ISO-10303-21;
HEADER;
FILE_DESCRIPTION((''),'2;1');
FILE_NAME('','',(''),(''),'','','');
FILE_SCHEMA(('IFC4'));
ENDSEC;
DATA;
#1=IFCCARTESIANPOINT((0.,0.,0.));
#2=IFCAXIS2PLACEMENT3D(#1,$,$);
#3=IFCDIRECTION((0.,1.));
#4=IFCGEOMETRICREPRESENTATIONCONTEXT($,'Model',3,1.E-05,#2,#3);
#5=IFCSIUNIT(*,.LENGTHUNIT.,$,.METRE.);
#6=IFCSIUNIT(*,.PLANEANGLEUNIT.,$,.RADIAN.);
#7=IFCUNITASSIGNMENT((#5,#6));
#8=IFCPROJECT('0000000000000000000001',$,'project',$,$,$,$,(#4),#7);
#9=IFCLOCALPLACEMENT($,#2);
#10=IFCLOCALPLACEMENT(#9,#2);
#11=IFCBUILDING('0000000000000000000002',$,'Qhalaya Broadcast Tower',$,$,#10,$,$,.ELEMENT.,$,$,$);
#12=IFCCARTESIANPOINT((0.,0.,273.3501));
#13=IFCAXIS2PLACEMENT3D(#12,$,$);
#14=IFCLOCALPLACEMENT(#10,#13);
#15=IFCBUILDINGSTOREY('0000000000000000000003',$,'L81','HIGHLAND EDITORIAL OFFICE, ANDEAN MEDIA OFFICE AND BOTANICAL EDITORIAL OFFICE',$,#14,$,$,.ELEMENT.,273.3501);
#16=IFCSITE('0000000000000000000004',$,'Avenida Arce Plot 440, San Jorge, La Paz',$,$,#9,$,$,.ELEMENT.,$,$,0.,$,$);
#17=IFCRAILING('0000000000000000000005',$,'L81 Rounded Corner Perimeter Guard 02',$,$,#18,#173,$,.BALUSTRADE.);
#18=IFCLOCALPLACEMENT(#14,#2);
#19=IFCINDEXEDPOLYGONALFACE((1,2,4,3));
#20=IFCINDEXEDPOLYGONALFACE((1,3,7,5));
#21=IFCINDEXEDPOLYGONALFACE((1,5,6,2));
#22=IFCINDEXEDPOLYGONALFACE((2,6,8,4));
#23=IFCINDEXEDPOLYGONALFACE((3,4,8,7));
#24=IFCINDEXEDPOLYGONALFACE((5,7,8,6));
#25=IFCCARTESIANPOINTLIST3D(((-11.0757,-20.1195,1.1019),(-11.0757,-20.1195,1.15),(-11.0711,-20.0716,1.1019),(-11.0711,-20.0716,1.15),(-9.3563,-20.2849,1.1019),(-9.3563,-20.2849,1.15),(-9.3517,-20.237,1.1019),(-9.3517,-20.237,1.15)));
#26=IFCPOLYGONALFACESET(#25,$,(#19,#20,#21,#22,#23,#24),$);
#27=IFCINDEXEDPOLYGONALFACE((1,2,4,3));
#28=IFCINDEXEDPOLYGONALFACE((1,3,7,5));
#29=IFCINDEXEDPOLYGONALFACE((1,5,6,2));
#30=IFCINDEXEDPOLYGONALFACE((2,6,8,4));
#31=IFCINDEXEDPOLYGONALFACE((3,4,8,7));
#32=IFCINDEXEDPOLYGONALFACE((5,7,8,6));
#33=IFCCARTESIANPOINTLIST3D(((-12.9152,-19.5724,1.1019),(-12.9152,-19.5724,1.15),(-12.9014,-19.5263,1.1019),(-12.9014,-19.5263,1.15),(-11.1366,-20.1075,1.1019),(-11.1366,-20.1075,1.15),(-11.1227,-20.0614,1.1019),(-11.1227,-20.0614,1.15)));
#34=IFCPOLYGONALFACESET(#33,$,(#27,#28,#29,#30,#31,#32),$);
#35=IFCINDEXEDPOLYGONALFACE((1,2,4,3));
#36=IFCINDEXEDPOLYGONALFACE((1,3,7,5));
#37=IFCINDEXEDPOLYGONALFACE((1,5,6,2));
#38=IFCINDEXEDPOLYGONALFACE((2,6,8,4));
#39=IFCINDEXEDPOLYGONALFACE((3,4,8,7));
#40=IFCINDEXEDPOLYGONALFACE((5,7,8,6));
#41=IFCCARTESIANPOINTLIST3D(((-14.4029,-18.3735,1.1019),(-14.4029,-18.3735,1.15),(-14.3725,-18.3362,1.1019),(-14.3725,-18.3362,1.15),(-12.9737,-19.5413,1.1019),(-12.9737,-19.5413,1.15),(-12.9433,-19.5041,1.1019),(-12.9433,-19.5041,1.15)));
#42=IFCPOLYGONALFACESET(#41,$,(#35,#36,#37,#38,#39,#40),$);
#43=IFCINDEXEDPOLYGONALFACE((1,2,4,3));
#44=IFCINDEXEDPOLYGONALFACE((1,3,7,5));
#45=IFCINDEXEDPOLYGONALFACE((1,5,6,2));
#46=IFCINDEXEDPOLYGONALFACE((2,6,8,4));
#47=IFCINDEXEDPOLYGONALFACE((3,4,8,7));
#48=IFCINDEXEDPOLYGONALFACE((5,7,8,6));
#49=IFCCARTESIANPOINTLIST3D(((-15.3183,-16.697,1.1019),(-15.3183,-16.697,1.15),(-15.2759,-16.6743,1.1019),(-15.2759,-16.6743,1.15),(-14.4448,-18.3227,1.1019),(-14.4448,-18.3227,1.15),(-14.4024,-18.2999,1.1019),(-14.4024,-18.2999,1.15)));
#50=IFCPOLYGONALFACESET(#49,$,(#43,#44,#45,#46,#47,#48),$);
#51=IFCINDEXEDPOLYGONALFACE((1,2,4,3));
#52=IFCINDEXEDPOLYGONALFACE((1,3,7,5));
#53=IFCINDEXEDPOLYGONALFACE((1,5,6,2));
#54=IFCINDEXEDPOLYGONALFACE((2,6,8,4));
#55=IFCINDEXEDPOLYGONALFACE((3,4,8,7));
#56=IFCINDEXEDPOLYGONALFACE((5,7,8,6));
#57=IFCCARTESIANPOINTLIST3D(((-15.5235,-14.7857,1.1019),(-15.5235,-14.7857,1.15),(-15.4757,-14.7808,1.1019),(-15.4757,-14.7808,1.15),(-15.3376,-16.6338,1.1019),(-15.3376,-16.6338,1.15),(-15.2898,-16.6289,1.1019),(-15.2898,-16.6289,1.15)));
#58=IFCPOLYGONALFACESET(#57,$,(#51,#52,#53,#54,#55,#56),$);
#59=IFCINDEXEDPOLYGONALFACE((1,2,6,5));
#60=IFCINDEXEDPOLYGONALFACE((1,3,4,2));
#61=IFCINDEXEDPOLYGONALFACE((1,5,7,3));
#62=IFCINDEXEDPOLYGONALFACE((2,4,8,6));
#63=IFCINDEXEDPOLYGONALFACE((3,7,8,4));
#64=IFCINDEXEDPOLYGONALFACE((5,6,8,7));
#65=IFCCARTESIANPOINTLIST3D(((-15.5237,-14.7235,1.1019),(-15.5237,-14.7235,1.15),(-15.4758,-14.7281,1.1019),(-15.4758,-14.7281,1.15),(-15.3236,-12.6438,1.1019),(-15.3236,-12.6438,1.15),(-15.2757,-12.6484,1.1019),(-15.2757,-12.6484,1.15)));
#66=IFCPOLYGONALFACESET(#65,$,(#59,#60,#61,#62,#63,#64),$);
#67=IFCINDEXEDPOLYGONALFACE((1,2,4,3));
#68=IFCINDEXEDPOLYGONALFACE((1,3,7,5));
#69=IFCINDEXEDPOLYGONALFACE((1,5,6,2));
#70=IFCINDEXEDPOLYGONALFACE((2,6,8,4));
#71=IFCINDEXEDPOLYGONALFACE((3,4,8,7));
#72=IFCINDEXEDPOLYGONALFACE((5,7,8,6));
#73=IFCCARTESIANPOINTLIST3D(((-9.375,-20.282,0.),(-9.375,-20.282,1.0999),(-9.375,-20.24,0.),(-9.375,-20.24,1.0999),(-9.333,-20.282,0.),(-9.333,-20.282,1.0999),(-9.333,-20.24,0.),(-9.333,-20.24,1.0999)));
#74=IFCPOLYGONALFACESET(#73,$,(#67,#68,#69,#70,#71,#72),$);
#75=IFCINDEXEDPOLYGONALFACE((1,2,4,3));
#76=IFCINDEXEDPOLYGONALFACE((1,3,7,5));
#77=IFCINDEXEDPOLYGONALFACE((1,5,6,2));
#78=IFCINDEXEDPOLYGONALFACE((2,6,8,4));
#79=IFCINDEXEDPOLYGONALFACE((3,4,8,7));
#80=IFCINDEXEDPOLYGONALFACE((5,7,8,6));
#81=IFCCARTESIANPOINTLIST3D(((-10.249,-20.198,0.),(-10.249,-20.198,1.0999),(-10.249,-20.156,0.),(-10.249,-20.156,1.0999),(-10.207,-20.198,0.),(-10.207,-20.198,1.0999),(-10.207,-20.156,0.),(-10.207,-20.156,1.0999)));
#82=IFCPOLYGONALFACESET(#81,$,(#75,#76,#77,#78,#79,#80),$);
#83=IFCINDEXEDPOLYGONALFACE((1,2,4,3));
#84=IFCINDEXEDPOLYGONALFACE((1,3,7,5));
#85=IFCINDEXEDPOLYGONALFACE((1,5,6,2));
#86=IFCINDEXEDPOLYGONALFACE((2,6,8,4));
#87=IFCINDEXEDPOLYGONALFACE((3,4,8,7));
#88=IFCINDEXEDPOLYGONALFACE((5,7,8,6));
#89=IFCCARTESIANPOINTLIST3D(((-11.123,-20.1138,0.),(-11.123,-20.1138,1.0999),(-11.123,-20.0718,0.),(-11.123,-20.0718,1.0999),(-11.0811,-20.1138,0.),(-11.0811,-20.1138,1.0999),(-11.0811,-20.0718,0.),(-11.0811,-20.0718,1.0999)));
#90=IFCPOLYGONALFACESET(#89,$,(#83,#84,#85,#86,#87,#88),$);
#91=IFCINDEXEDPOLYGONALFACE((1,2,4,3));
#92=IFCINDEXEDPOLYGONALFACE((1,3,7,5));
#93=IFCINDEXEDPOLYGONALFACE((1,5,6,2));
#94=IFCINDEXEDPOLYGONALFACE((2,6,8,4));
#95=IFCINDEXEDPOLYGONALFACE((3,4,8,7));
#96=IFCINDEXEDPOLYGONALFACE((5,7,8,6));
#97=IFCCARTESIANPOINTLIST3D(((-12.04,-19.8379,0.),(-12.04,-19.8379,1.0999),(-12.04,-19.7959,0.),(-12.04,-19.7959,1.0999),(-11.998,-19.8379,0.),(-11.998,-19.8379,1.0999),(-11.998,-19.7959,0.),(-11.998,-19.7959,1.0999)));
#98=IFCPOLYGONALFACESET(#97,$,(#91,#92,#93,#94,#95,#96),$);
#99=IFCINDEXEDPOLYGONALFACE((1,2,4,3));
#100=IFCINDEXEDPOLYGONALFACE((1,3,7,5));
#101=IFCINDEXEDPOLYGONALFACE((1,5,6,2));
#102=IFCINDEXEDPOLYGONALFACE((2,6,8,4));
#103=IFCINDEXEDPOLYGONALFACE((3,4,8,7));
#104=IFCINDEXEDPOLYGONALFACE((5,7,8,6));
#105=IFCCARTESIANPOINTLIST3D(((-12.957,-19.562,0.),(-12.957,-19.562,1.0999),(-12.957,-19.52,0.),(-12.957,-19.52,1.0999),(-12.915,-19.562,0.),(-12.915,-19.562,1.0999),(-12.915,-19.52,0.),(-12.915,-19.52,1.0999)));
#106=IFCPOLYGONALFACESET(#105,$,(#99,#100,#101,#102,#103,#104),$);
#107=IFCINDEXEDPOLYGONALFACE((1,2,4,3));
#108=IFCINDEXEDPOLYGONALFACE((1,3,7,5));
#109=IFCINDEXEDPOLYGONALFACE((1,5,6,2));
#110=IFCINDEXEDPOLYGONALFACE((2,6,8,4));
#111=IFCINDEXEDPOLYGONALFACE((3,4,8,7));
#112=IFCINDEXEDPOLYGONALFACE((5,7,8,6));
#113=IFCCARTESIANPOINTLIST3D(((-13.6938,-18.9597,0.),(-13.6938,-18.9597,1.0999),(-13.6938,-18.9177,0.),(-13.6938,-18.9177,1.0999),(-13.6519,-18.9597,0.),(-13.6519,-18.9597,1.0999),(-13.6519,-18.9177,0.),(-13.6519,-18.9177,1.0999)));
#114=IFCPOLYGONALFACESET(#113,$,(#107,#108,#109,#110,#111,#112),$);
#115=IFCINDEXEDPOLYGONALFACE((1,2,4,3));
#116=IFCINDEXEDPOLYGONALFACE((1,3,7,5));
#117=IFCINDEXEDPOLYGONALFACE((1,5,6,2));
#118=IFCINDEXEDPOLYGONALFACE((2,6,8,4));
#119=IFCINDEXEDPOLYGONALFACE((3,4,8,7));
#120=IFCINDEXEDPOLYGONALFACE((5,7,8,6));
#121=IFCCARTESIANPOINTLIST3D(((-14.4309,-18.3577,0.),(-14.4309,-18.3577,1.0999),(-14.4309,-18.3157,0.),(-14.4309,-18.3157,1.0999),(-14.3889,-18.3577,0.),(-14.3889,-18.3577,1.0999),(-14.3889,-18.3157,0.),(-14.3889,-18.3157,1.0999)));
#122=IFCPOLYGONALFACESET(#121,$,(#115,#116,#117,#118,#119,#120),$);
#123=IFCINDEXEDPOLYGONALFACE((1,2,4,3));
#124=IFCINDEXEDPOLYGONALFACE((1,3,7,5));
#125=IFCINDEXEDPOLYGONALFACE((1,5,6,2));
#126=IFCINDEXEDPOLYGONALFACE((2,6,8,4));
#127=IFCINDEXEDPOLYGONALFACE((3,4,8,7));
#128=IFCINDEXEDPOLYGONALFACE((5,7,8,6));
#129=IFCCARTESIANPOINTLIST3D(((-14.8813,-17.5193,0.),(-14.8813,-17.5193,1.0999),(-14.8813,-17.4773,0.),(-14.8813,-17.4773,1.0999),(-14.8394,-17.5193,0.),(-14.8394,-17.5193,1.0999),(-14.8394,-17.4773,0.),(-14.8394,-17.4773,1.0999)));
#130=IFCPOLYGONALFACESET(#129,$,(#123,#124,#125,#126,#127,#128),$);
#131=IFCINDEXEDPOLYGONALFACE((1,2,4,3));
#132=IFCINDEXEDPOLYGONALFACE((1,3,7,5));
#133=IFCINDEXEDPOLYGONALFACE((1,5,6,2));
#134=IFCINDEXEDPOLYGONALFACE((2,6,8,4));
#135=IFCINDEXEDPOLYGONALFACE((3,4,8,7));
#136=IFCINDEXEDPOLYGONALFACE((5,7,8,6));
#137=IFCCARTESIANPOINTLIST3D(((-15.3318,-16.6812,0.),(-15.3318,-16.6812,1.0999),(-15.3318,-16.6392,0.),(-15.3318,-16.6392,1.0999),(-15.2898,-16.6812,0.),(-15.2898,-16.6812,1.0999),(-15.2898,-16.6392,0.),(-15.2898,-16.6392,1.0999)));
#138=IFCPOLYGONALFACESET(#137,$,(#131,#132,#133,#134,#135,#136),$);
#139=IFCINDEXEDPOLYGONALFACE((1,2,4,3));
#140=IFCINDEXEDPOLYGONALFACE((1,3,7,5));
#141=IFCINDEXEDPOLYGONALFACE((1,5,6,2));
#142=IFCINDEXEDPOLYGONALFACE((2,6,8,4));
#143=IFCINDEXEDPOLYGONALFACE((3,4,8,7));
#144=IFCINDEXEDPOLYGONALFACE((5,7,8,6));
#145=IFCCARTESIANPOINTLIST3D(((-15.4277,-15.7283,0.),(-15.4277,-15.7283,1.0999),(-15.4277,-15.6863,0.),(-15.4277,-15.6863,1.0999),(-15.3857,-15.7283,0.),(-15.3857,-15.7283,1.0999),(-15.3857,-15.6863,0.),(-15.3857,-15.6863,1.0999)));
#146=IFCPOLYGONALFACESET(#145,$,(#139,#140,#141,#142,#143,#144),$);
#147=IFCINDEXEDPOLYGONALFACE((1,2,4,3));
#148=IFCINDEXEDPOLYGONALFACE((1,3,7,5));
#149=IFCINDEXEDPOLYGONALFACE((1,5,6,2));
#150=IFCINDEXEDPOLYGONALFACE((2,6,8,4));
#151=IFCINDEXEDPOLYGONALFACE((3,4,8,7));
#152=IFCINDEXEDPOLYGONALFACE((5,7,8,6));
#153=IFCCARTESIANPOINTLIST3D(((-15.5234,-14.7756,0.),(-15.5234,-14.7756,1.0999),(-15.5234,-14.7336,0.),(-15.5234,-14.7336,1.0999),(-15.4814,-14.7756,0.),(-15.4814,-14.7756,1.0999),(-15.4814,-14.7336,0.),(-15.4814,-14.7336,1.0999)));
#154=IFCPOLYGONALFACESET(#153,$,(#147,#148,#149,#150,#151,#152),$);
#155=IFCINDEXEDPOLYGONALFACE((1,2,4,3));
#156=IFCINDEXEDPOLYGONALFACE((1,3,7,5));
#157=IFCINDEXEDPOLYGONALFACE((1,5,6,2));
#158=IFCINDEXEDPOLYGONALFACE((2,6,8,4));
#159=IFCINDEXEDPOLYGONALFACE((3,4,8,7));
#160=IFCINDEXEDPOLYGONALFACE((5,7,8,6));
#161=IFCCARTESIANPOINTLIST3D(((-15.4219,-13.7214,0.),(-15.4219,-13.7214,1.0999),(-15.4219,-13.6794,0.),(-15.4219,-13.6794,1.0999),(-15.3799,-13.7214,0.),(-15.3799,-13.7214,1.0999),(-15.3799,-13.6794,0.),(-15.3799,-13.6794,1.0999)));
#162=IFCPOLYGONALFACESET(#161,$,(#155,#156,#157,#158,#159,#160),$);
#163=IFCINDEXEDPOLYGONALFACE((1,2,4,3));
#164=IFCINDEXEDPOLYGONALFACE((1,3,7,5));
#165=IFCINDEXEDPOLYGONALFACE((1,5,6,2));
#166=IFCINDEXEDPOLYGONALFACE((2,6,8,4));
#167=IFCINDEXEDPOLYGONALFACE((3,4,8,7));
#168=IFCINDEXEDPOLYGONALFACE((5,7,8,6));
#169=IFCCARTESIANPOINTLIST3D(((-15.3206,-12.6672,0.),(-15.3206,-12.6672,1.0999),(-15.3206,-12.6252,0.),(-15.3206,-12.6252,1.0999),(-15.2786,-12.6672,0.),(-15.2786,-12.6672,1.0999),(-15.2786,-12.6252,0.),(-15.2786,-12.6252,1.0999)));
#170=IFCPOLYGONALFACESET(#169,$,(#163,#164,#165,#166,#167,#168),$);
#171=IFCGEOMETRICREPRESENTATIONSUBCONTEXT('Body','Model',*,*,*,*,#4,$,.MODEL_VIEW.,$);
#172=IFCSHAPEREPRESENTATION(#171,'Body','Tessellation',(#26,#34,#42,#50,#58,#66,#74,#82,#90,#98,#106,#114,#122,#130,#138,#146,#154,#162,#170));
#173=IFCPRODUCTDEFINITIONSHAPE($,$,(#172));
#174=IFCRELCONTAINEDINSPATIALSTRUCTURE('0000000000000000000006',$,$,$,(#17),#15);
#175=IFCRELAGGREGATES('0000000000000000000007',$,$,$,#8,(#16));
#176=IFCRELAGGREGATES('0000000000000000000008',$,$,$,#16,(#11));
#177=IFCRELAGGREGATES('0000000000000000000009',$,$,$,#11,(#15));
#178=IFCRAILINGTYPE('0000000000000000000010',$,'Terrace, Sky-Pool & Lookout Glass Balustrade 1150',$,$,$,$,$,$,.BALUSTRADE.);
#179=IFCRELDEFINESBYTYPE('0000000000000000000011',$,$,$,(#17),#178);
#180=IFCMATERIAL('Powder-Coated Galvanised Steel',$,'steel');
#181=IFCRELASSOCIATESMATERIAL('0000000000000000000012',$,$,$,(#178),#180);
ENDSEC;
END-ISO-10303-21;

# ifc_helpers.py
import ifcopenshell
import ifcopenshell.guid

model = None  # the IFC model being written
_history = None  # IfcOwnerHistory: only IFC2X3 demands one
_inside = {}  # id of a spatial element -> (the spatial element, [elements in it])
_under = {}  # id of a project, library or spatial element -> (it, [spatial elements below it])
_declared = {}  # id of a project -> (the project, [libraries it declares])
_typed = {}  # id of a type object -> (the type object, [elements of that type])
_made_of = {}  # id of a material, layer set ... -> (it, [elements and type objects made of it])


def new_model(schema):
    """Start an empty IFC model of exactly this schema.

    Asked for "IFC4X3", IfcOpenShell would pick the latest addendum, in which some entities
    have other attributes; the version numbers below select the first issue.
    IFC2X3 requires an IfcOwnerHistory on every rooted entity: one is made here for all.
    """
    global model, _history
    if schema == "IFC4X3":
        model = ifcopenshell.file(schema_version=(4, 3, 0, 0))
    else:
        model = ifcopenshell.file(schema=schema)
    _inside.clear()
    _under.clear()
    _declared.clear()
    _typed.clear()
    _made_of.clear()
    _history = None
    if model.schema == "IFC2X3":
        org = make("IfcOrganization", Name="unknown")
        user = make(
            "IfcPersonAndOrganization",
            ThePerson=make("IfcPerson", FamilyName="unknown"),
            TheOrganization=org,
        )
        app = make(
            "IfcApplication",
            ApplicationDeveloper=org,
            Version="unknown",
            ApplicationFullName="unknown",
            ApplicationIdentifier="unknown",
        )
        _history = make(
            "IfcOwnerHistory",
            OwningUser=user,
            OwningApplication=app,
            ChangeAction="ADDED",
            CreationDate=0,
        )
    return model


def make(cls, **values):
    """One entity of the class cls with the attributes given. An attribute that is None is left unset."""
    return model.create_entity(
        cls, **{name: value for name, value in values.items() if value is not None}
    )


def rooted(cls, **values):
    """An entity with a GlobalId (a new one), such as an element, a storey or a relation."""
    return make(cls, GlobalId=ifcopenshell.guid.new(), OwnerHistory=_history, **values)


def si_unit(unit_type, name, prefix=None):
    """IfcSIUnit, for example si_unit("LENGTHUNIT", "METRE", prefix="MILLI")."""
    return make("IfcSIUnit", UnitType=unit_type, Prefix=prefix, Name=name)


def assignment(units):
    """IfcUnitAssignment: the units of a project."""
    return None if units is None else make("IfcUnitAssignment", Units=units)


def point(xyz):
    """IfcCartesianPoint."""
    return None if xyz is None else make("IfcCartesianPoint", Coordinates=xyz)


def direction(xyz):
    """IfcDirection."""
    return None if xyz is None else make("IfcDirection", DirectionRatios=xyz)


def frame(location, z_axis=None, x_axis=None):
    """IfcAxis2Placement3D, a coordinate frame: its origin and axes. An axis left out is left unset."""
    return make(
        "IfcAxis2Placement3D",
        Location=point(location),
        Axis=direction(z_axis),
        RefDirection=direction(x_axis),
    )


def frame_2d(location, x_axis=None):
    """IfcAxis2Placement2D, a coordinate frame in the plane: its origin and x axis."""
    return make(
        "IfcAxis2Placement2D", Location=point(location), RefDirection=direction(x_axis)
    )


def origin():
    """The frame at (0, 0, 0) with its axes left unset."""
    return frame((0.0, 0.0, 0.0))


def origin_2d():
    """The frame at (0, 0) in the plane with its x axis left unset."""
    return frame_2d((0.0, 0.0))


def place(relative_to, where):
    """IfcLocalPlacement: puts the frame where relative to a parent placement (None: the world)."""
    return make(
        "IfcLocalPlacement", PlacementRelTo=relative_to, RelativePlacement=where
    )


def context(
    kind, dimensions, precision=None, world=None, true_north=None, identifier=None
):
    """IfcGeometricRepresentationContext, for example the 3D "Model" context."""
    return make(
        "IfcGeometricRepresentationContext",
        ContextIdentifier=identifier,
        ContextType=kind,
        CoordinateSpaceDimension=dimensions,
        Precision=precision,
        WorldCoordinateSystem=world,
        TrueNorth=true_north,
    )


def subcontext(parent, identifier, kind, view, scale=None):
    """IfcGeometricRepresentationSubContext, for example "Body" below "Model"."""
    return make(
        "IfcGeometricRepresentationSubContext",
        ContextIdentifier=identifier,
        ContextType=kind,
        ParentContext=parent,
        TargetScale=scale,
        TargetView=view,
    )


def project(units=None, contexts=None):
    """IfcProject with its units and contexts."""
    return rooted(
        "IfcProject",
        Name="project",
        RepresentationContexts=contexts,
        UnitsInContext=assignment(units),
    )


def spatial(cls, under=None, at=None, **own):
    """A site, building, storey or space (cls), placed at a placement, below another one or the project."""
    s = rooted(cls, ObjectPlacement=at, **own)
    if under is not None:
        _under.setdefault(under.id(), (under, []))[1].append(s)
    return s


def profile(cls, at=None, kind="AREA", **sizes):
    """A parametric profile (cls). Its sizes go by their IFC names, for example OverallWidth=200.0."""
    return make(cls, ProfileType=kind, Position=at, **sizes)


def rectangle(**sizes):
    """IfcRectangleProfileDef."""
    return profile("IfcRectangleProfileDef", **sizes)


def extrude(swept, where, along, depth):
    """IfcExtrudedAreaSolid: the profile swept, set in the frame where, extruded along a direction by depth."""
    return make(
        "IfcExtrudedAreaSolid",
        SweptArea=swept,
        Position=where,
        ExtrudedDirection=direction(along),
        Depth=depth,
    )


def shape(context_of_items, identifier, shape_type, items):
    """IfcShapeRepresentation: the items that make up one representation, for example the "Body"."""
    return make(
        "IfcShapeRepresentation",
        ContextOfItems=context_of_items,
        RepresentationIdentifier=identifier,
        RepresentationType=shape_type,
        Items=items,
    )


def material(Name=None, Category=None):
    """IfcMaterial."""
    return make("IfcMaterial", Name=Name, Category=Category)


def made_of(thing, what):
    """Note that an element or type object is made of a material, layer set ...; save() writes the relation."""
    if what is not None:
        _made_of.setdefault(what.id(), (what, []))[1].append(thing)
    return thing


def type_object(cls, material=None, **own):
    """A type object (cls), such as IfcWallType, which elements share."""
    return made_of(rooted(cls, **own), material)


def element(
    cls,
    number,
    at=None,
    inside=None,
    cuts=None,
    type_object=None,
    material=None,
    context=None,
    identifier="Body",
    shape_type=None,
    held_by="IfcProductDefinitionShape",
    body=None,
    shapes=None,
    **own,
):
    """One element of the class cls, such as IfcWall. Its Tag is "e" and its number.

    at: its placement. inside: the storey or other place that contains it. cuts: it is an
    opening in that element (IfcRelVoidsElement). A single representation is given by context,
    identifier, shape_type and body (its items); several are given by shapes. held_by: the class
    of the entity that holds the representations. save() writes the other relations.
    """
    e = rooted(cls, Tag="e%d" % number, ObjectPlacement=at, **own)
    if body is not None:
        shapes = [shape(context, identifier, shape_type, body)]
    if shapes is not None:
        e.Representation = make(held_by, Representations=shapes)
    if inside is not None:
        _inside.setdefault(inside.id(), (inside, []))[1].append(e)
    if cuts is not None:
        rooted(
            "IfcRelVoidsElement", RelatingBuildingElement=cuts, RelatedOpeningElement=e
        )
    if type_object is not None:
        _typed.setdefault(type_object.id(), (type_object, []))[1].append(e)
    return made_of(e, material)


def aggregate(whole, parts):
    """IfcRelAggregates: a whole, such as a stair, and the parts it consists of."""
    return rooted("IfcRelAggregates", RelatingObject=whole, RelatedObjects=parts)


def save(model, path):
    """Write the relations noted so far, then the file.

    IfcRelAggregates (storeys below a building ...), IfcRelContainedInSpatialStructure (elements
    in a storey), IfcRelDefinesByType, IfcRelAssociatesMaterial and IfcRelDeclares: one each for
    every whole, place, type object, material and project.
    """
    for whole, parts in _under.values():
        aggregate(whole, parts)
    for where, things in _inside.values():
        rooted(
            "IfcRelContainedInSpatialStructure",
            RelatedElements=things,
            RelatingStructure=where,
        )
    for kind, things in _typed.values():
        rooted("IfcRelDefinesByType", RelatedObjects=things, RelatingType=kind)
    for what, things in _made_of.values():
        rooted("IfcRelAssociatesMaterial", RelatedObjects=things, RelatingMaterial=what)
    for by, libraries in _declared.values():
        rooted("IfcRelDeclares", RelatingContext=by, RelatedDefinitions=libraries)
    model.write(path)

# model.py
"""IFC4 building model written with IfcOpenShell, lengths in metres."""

from ifc_helpers import new_model, si_unit, direction, frame, origin, origin_2d, place, context, subcontext, project, spatial, rectangle, extrude, material, type_object, element, save


model = new_model("IFC4")

# Units and contexts
model_context = context("Model", 3, precision=1e-05, world=origin(), true_north=direction((0.0, 1.0)))
body_context = subcontext(model_context, "Body", "Model", "MODEL_VIEW")
ifc_project = project(units=[si_unit("LENGTHUNIT", "METRE"), si_unit("PLANEANGLEUNIT", "RADIAN")], contexts=[model_context])

# Site, building, storey
site_placement = place(None, origin())
site = spatial("IfcSite", under=ifc_project, at=site_placement, Name="Avenida Arce Plot 440, San Jorge, La Paz", CompositionType="ELEMENT", RefElevation=0.0)
building_placement = place(site_placement, origin())
building = spatial("IfcBuilding", under=site, at=building_placement, Name="Qhalaya Broadcast Tower", CompositionType="ELEMENT")
storey_placement = place(building_placement, frame((0.0, 0.0, 273.3501)))
storey = spatial("IfcBuildingStorey", under=building, at=storey_placement, Name="L81", Description="HIGHLAND EDITORIAL OFFICE, ANDEAN MEDIA OFFICE AND BOTANICAL EDITORIAL OFFICE", CompositionType="ELEMENT", Elevation=273.3501)

# Railing
ifc_material_1 = material(Name="Powder-Coated Galvanised Steel", Category="steel")
railing_type = type_object("IfcRailingType", Name="Terrace, Sky-Pool & Lookout Glass Balustrade 1150", PredefinedType="BALUSTRADE", material=ifc_material_1)
railing_placement = place(storey_placement, frame((-9.354, -20.261, 0.0)))
element("IfcRailing", 1, at=railing_placement, inside=storey, type_object=railing_type, Name="L81 Rounded Corner Perimeter Guard 02", PredefinedType="BALUSTRADE", context=body_context, shape_type="SweptSolid", body=[
    extrude(rectangle(XDim=0.0481, YDim=0.0481, at=origin_2d()), frame((0.0, 0.0, 1.126), z_axis=(-0.995402, 0.095787, 0.0), x_axis=(-0.095787, -0.995402, 0.0)), (0.0, 0.0, 1.0), 1.7273),
    extrude(rectangle(XDim=0.0481, YDim=0.0481, at=origin_2d()), frame((-1.7756, 0.1765, 1.126), z_axis=(-0.957601, 0.288096, 0.0), x_axis=(-0.288096, -0.957601, 0.0)), (0.0, 0.0, 1.0), 1.8574),
    extrude(rectangle(XDim=0.0481, YDim=0.0481, at=origin_2d()), frame((-3.6045, 0.7383, 1.126), z_axis=(-0.774357, 0.632749, 0.0), x_axis=(-0.632749, -0.774357, 0.0)), (0.0, 0.0, 1.0), 1.8457),
    extrude(rectangle(XDim=0.0481, YDim=0.0481, at=origin_2d()), frame((-5.0696, 1.9497, 1.126), z_axis=(-0.473342, 0.880879, 0.0), x_axis=(-0.880879, -0.473342, 0.0)), (0.0, 0.0, 1.0), 1.8455),
    extrude(rectangle(XDim=0.0481, YDim=0.0481, at=origin_2d()), frame((-5.9597, 3.6296, 1.126), z_axis=(-0.100072, 0.99498, 0.0), x_axis=(-0.99498, -0.100072, 0.0)), (0.0, 0.0, 1.0), 1.8574),
    extrude(rectangle(XDim=0.0481, YDim=0.0481, at=origin_2d()), frame((-6.1458, 5.5352, 1.126), z_axis=(0.095783, 0.995402, 0.0), x_axis=(-0.995402, 0.095783, 0.0)), (0.0, 0.0, 1.0), 2.0894),
    extrude(rectangle(XDim=0.042, YDim=0.042, at=origin_2d()), origin(), (0.0, 0.0, 1.0), 1.0999),
    extrude(rectangle(XDim=0.042, YDim=0.042, at=origin_2d()), frame((-0.874, 0.084, 0.0)), (0.0, 0.0, 1.0), 1.0999),
    extrude(rectangle(XDim=0.042, YDim=0.042, at=origin_2d()), frame((-1.748, 0.1682, 0.0)), (0.0, 0.0, 1.0), 1.0999),
    extrude(rectangle(XDim=0.042, YDim=0.042, at=origin_2d()), frame((-2.665, 0.4441, 0.0)), (0.0, 0.0, 1.0), 1.0999),
    extrude(rectangle(XDim=0.042, YDim=0.042, at=origin_2d()), frame((-3.582, 0.72, 0.0)), (0.0, 0.0, 1.0), 1.0999),
    extrude(rectangle(XDim=0.042, YDim=0.042, at=origin_2d()), frame((-4.3188, 1.3223, 0.0)), (0.0, 0.0, 1.0), 1.0999),
    extrude(rectangle(XDim=0.042, YDim=0.042, at=origin_2d()), frame((-5.0559, 1.9243, 0.0)), (0.0, 0.0, 1.0), 1.0999),
    extrude(rectangle(XDim=0.042, YDim=0.042, at=origin_2d()), frame((-5.5063, 2.7627, 0.0)), (0.0, 0.0, 1.0), 1.0999),
    extrude(rectangle(XDim=0.042, YDim=0.042, at=origin_2d()), frame((-5.9568, 3.6008, 0.0)), (0.0, 0.0, 1.0), 1.0999),
    extrude(rectangle(XDim=0.042, YDim=0.042, at=origin_2d()), frame((-6.0527, 4.5537, 0.0)), (0.0, 0.0, 1.0), 1.0999),
    extrude(rectangle(XDim=0.042, YDim=0.042, at=origin_2d()), frame((-6.1484, 5.5063, 0.0)), (0.0, 0.0, 1.0), 1.0999),
    extrude(rectangle(XDim=0.042, YDim=0.042, at=origin_2d()), frame((-6.0469, 6.5605, 0.0)), (0.0, 0.0, 1.0), 1.0999),
    extrude(rectangle(XDim=0.042, YDim=0.042, at=origin_2d()), frame((-5.9456, 7.6147, 0.0)), (0.0, 0.0, 1.0), 1.0999),
])

save(model, "model.ifc")
